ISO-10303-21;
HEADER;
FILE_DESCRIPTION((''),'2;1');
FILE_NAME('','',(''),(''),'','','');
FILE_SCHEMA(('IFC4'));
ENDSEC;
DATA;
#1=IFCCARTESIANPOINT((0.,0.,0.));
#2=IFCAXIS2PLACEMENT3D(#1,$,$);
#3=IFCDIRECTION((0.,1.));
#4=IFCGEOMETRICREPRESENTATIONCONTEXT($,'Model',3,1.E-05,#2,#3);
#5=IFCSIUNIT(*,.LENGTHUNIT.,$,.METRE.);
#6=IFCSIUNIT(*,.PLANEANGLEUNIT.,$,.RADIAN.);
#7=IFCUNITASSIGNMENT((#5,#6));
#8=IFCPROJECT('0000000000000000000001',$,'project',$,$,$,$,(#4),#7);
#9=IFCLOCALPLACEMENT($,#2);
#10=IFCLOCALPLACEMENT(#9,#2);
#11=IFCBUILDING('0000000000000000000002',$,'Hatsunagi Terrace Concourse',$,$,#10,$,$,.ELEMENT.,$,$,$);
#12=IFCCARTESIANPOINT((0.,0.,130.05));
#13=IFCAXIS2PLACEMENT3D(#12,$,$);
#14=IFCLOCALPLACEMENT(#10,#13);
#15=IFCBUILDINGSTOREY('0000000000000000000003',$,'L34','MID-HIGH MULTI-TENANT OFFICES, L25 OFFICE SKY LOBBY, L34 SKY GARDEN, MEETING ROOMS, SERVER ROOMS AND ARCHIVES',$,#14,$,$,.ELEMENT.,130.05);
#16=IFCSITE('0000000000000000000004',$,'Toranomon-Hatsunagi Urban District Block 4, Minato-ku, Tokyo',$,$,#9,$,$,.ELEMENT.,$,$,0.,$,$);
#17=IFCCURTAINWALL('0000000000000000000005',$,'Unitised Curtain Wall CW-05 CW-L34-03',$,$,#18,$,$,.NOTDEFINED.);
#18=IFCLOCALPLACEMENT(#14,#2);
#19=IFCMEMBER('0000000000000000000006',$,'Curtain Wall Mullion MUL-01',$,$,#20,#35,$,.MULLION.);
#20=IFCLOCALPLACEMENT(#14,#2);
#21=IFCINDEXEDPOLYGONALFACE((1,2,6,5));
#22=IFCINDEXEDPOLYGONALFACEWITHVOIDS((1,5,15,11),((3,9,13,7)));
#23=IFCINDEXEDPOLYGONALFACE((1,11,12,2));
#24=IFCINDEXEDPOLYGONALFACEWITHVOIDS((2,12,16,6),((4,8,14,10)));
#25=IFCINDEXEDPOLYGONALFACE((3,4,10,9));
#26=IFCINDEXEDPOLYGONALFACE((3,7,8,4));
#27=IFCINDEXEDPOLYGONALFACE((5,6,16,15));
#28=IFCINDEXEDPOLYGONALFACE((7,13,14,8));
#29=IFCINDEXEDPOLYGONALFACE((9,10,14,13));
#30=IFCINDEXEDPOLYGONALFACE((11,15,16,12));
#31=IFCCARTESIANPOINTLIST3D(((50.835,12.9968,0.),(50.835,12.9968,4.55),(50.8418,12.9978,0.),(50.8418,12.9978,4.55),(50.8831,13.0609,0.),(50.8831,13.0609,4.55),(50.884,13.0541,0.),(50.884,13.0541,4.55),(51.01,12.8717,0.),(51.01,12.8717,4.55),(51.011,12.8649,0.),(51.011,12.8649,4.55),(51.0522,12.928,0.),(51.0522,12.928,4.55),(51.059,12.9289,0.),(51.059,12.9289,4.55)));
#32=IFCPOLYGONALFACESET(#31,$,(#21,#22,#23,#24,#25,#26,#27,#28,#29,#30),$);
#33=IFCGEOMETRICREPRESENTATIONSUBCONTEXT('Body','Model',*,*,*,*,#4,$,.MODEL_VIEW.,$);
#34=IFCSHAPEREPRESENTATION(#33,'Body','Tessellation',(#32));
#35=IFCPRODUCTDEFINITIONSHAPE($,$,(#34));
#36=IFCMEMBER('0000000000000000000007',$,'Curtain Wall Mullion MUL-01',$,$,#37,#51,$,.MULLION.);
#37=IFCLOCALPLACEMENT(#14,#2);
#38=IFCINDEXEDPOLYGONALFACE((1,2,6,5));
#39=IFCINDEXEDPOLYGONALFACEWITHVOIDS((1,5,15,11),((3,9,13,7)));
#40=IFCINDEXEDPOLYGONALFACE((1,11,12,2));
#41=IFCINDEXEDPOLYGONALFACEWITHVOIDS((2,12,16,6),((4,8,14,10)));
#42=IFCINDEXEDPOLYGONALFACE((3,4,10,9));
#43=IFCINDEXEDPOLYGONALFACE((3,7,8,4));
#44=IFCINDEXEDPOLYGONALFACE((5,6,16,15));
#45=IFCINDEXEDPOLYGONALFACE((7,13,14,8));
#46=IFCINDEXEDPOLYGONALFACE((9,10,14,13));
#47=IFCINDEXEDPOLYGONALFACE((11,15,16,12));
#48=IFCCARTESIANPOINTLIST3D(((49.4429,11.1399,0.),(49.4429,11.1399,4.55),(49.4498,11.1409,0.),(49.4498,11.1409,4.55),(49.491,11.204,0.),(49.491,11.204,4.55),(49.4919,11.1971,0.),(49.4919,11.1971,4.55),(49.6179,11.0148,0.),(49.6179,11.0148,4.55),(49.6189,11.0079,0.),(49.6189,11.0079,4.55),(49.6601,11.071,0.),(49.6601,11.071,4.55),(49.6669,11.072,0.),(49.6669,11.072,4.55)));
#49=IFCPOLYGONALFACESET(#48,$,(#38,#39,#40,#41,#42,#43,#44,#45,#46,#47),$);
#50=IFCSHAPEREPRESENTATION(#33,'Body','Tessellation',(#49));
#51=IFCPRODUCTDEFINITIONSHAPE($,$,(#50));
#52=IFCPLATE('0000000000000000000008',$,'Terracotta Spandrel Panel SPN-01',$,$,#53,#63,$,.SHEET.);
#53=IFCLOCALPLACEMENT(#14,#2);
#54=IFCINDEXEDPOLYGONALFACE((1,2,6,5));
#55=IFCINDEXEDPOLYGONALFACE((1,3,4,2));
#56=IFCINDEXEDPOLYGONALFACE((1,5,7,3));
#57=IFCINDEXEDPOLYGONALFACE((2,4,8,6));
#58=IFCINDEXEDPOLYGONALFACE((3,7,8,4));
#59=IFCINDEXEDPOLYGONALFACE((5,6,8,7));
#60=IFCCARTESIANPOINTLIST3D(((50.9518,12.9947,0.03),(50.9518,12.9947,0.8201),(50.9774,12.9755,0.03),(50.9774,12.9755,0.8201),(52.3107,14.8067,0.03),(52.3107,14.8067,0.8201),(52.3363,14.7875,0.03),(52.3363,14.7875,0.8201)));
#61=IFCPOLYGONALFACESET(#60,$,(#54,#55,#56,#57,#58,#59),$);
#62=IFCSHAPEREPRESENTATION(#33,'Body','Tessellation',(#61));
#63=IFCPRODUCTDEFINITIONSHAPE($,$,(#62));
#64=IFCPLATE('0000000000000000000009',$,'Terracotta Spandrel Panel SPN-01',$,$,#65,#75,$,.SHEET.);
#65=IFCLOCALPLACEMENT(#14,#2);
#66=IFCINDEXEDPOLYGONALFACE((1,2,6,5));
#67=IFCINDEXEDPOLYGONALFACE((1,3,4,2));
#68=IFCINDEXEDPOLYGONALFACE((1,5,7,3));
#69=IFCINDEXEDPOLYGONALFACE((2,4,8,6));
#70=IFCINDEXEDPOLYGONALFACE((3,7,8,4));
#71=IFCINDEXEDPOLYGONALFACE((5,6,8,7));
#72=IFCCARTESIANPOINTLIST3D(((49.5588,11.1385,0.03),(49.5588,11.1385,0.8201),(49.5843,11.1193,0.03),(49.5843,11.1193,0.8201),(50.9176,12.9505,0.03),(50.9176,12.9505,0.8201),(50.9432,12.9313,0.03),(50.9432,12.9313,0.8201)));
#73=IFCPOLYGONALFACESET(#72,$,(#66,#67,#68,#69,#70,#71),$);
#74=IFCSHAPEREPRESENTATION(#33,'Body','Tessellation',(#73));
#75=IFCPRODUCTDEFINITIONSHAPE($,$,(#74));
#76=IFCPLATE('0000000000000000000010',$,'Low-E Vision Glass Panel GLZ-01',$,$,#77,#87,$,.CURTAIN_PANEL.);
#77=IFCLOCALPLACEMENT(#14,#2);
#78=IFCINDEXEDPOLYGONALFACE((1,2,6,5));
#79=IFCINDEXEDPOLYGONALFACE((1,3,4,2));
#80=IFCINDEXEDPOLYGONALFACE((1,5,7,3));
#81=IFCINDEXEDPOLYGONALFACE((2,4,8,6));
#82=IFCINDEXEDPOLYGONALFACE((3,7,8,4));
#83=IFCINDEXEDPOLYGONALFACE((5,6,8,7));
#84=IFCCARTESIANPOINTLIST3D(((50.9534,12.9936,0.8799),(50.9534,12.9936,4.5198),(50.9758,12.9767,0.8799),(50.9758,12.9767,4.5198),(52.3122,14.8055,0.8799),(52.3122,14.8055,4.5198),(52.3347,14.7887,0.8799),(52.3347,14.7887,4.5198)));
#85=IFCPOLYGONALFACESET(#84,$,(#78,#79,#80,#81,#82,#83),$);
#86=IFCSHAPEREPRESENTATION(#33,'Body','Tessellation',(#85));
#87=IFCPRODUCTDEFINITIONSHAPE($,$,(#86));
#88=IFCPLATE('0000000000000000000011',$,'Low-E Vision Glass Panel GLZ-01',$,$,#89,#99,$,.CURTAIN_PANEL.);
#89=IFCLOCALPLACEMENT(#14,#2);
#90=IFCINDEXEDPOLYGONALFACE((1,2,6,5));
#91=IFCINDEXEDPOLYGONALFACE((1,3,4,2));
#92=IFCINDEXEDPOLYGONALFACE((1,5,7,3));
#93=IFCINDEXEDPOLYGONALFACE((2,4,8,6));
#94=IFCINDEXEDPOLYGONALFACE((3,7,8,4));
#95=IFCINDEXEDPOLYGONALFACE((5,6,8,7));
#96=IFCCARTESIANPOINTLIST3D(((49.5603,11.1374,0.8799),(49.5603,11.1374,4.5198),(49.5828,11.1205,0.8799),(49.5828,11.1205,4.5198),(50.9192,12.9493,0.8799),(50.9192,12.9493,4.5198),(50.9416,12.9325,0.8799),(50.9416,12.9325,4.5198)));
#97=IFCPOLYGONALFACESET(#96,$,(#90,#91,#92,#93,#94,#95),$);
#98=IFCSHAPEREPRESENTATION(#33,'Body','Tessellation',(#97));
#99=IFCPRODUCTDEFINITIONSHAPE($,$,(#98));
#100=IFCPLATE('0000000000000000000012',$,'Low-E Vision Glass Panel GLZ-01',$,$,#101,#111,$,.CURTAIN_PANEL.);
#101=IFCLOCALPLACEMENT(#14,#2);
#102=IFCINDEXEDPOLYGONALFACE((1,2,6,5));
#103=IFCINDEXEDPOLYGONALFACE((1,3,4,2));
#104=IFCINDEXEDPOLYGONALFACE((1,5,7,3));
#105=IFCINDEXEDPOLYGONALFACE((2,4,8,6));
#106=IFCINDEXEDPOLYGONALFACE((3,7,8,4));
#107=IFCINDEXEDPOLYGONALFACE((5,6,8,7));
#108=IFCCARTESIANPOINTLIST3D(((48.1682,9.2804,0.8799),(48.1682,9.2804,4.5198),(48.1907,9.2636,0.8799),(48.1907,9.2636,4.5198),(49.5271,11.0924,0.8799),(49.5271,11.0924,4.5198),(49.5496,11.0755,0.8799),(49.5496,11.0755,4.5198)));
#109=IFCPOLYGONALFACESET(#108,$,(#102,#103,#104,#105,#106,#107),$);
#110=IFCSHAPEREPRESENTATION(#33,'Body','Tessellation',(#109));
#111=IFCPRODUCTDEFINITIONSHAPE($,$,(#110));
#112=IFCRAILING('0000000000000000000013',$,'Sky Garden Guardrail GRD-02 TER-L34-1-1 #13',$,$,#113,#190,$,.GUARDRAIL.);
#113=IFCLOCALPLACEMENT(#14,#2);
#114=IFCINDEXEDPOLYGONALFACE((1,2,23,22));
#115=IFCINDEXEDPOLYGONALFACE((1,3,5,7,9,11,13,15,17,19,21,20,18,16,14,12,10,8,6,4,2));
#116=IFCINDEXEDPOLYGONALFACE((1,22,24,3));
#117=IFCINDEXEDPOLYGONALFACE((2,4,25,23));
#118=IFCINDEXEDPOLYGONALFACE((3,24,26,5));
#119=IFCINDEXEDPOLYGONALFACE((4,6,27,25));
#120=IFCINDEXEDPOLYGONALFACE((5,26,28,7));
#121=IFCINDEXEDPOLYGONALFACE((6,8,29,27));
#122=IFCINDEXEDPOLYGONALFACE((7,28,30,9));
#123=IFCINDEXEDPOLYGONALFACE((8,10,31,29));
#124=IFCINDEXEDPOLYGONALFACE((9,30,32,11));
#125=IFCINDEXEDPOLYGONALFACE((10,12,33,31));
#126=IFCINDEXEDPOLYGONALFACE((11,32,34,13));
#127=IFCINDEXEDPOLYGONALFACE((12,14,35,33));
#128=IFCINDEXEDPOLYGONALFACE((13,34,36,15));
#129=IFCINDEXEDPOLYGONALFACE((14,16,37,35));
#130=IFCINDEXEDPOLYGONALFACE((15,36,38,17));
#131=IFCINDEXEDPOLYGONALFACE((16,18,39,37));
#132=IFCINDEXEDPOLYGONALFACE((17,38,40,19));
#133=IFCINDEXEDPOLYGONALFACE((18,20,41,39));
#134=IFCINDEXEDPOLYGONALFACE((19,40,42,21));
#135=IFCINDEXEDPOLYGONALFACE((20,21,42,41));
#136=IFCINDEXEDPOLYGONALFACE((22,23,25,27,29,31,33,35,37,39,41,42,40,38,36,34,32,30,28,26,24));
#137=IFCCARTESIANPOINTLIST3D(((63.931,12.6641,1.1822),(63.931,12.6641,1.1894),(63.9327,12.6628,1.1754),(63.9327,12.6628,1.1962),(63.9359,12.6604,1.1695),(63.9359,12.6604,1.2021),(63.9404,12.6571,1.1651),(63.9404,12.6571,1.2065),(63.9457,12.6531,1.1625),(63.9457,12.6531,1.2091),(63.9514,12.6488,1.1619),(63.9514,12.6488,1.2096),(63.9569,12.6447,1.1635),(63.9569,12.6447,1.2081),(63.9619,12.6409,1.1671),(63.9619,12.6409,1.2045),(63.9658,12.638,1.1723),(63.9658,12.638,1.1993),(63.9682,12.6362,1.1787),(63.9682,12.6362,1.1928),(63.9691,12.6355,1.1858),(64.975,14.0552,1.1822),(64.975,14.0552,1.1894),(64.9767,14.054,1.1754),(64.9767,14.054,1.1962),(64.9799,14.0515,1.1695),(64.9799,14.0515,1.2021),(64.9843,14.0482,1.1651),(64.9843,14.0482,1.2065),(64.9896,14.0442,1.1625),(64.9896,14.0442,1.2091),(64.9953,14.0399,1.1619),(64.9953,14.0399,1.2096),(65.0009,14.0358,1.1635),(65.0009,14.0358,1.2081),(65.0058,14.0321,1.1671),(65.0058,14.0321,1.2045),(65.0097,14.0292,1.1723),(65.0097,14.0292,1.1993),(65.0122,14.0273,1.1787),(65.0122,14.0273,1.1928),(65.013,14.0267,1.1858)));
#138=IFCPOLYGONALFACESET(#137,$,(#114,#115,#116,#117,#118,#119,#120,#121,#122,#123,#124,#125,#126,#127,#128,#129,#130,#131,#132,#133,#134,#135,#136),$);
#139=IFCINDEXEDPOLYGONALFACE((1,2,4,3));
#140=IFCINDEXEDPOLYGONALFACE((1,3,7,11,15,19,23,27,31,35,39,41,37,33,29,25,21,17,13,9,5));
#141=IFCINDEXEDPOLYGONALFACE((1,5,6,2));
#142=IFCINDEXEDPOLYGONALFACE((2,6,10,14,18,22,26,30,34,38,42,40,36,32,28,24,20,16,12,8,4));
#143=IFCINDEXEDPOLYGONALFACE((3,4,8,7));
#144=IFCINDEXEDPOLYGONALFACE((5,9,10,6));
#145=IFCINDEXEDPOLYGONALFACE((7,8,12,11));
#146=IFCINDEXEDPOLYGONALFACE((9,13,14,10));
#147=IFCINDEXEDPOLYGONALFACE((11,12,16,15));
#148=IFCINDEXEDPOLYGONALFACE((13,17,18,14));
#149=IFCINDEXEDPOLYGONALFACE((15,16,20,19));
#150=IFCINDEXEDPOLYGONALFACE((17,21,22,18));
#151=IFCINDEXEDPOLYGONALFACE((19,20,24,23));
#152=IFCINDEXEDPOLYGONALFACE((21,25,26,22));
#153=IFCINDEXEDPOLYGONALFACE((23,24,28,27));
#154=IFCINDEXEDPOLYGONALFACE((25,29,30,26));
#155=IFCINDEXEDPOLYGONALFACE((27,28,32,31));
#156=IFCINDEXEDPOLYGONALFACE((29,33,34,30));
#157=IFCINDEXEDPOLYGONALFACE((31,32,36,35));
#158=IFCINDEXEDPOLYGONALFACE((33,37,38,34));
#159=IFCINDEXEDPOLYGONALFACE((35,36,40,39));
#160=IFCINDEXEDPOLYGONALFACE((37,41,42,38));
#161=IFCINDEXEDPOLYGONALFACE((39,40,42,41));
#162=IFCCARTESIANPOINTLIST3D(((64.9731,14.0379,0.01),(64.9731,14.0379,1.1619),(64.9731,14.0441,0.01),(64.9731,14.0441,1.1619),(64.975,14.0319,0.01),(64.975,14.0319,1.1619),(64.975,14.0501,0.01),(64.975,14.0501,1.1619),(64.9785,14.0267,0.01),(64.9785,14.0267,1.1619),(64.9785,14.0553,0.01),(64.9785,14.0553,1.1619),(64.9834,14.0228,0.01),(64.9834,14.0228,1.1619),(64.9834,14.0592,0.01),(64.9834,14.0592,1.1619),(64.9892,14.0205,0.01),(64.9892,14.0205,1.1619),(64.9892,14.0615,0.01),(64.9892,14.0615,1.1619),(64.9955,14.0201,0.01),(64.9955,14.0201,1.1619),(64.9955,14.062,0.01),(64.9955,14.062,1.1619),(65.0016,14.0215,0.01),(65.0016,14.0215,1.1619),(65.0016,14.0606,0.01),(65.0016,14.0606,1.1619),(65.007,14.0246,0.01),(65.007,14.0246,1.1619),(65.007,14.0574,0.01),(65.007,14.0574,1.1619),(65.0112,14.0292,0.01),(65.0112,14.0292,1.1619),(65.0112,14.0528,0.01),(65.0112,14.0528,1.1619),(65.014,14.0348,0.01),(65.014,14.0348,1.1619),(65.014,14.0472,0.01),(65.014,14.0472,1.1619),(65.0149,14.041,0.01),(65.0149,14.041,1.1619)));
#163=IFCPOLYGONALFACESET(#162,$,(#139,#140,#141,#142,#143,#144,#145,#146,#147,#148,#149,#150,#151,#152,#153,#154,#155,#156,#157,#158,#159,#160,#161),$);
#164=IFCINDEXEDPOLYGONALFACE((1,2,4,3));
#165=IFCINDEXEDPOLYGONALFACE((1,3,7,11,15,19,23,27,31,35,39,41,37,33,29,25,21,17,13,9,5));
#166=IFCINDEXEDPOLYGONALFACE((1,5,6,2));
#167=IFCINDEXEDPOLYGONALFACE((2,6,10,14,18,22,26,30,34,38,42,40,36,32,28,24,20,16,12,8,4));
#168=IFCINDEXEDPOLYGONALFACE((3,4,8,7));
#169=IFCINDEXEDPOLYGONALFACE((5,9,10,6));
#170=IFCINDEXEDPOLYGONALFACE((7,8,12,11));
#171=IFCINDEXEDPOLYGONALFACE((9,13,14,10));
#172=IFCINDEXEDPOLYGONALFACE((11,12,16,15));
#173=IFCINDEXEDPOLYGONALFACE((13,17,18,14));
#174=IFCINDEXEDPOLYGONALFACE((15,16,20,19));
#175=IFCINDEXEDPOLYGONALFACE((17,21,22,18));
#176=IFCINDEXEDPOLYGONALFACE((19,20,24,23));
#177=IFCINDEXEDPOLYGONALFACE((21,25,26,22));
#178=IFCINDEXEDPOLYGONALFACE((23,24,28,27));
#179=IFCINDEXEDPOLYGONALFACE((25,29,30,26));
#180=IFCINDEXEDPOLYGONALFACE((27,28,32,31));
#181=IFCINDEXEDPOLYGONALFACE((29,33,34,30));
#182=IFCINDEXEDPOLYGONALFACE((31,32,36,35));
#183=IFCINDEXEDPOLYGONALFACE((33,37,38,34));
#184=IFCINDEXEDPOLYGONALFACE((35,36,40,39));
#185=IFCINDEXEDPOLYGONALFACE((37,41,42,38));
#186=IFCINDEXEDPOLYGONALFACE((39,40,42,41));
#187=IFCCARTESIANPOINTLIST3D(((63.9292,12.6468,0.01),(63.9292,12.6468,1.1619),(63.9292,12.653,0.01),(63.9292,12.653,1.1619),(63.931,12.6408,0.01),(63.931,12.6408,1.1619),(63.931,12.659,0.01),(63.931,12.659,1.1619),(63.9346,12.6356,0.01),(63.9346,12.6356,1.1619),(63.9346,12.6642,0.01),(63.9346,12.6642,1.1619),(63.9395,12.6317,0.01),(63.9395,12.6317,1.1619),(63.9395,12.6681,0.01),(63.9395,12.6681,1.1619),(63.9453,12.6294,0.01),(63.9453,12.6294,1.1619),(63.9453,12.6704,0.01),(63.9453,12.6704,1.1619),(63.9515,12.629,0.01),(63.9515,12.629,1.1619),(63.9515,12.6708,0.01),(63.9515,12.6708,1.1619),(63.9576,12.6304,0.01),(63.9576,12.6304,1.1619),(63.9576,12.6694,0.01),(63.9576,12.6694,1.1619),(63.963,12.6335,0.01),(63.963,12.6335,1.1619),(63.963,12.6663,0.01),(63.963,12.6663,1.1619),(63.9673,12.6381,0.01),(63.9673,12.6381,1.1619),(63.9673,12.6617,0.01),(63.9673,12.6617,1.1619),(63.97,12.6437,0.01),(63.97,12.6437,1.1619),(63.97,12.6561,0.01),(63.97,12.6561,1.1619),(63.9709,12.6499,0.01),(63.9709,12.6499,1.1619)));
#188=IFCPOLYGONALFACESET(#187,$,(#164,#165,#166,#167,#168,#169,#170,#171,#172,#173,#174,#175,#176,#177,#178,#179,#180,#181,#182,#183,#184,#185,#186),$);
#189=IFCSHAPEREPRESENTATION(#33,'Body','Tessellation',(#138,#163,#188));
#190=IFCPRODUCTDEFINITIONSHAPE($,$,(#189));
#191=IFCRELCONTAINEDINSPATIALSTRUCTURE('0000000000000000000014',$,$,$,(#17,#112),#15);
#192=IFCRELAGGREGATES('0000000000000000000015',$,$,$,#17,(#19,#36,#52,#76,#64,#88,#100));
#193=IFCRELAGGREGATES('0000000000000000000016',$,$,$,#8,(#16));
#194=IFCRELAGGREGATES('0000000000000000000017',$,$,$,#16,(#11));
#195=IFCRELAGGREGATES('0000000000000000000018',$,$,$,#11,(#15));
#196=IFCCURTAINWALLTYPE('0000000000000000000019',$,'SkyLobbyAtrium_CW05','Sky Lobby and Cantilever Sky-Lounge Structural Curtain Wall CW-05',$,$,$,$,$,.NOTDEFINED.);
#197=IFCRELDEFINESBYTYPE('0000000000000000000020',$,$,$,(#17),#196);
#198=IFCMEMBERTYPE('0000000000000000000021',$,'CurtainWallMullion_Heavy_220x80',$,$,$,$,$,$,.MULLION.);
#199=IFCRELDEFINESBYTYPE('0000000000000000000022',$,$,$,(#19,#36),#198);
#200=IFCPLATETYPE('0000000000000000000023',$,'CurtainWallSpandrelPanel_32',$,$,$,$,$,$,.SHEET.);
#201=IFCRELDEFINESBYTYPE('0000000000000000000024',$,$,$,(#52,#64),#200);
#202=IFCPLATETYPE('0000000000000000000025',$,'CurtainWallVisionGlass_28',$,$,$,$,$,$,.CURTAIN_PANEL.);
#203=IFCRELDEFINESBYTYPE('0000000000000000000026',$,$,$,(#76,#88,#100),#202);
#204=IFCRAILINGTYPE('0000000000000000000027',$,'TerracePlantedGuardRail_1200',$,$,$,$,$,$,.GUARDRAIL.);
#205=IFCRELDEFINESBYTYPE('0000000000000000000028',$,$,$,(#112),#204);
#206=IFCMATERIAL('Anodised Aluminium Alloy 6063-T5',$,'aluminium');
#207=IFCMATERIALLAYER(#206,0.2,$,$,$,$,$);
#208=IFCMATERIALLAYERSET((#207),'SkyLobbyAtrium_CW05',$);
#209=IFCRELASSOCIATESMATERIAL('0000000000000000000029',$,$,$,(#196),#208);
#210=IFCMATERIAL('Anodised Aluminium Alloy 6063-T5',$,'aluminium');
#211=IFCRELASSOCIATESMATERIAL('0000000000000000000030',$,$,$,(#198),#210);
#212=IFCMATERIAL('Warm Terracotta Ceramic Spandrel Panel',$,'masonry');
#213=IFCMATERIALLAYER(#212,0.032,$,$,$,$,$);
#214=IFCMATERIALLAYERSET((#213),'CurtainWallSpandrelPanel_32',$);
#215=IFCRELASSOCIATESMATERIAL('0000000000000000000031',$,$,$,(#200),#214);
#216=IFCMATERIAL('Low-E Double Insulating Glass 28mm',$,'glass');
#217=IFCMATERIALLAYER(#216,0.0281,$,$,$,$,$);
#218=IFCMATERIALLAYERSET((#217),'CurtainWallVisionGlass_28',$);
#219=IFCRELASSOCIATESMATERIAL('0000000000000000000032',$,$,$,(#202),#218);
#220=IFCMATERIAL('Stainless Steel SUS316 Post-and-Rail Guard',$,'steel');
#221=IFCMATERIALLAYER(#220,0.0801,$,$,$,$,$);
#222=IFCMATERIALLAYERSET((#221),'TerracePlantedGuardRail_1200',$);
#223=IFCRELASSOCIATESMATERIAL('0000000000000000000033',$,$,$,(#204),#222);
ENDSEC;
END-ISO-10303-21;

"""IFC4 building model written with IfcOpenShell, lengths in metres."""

from ifc_helpers import new_model, si_unit, direction, frame, origin, origin_2d, place, context, subcontext, project, spatial, rectangle, hollow_rectangle, circle, extrude, material, layer, layer_set, material_profile, profile_set, type_object, element, aggregate, save


model = new_model("IFC4")

# Units and contexts
model_context = context("Model", 3, precision=1e-05, world=origin(), true_north=direction((0.0, 1.0)))
body_context = subcontext(model_context, "Body", "Model", "MODEL_VIEW")
ifc_project = project(units=[si_unit("LENGTHUNIT", "METRE"), si_unit("PLANEANGLEUNIT", "RADIAN")], contexts=[model_context])

# Site, building, storey
site_placement = place(None, origin())
site = spatial("IfcSite", under=ifc_project, at=site_placement, Name="Toranomon-Hatsunagi Urban District Block 4, Minato-ku, Tokyo", CompositionType="ELEMENT", RefElevation=0.0)
building_placement = place(site_placement, origin())
building = spatial("IfcBuilding", under=site, at=building_placement, Name="Hatsunagi Terrace Concourse", CompositionType="ELEMENT")
storey_placement = place(building_placement, frame((0.0, 0.0, 130.05)))
storey = spatial("IfcBuildingStorey", under=building, at=storey_placement, Name="L34", Description="MID-HIGH MULTI-TENANT OFFICES, L25 OFFICE SKY LOBBY, L34 SKY GARDEN, MEETING ROOMS, SERVER ROOMS AND ARCHIVES", CompositionType="ELEMENT", Elevation=130.05)

# Curtain wall, members, plates
ifc_material_1 = material(Name="Anodised Aluminium Alloy 6063-T5", Category="aluminium")
ifc_layer_1 = layer(ifc_material_1, 0.2)
ifc_layer_set_1 = layer_set([ifc_layer_1], Name="SkyLobbyAtrium_CW05")
curtain_wall_type = type_object("IfcCurtainWallType", Name="SkyLobbyAtrium_CW05", Description="Sky Lobby and Cantilever Sky-Lounge Structural Curtain Wall CW-05", PredefinedType="NOTDEFINED", material=ifc_layer_set_1)
curtain_wall_placement = place(storey_placement, origin())
curtain_wall = element("IfcCurtainWall", 1, at=curtain_wall_placement, inside=storey, type_object=curtain_wall_type, Name="Unitised Curtain Wall CW-05 CW-L34-03", PredefinedType="NOTDEFINED")
ifc_material_2 = material(Name="Anodised Aluminium Alloy 6063-T5", Category="aluminium")
ifc_material_profile = material_profile(ifc_material_2, hollow_rectangle(XDim=0.0801, YDim=0.22, WallThickness=0.0049, at=origin_2d()), Name="ALU-MUL-220x80x5")
ifc_profile_set = profile_set([ifc_material_profile], Name="Anodised Aluminium Alloy 6063-T5")
member_type = type_object("IfcMemberType", Name="CurtainWallMullion_Heavy_220x80", PredefinedType="MULLION", material=ifc_profile_set)
member_1_placement = place(storey_placement, frame((50.947, 12.9629, 0.0), z_axis=(0.0, 0.0, 1.0), x_axis=(-0.599969, -0.800023, 0.0)))
member_1 = element("IfcMember", 2, at=member_1_placement, type_object=member_type, Name="Curtain Wall Mullion MUL-01", PredefinedType="MULLION", context=body_context, shape_type="SweptSolid", body=[
    extrude(hollow_rectangle(XDim=0.0801, YDim=0.22, WallThickness=0.0049, at=origin_2d()), origin(), (0.0, 0.0, 1.0), 4.55),
])
member_2_placement = place(storey_placement, frame((49.5549, 11.106, 0.0), z_axis=(0.0, 0.0, 1.0), x_axis=(-0.599969, -0.800023, 0.0)))
member_2 = element("IfcMember", 3, at=member_2_placement, type_object=member_type, Name="Curtain Wall Mullion MUL-01", PredefinedType="MULLION", context=body_context, shape_type="SweptSolid", body=[
    extrude(hollow_rectangle(XDim=0.0801, YDim=0.22, WallThickness=0.0049, at=origin_2d()), origin(), (0.0, 0.0, 1.0), 4.55),
])
ifc_material_3 = material(Name="Warm Terracotta Ceramic Spandrel Panel", Category="masonry")
ifc_layer_2 = layer(ifc_material_3, 0.032)
ifc_layer_set_2 = layer_set([ifc_layer_2], Name="CurtainWallSpandrelPanel_32")
plate_type_1 = type_object("IfcPlateType", Name="CurtainWallSpandrelPanel_32", PredefinedType="SHEET", material=ifc_layer_set_2)
plate_1_placement = place(storey_placement, frame((51.644, 13.8911, 0.03), z_axis=(0.0, 0.0, 1.0), x_axis=(-0.599969, -0.800023, 0.0)))
plate_1 = element("IfcPlate", 4, at=plate_1_placement, type_object=plate_type_1, Name="Terracotta Spandrel Panel SPN-01", PredefinedType="SHEET", context=body_context, shape_type="SweptSolid", body=[
    extrude(rectangle(XDim=2.2649, YDim=0.032, at=origin_2d()), origin(), (0.0, 0.0, 1.0), 0.79),
])
plate_2_placement = place(storey_placement, frame((50.251, 12.0349, 0.03), z_axis=(0.0, 0.0, 1.0), x_axis=(-0.599969, -0.800023, 0.0)))
plate_2 = element("IfcPlate", 5, at=plate_2_placement, type_object=plate_type_1, Name="Terracotta Spandrel Panel SPN-01", PredefinedType="SHEET", context=body_context, shape_type="SweptSolid", body=[
    extrude(rectangle(XDim=2.2649, YDim=0.032, at=origin_2d()), origin(), (0.0, 0.0, 1.0), 0.79),
])
ifc_material_4 = material(Name="Low-E Double Insulating Glass 28mm", Category="glass")
ifc_layer_3 = layer(ifc_material_4, 0.0281)
ifc_layer_set_3 = layer_set([ifc_layer_3], Name="CurtainWallVisionGlass_28")
plate_type_2 = type_object("IfcPlateType", Name="CurtainWallVisionGlass_28", PredefinedType="CURTAIN_PANEL", material=ifc_layer_set_3)
plate_3_placement = place(storey_placement, frame((51.644, 13.8911, 0.8799), z_axis=(0.0, 0.0, 1.0), x_axis=(-0.599969, -0.800023, 0.0)))
plate_3 = element("IfcPlate", 6, at=plate_3_placement, type_object=plate_type_2, Name="Low-E Vision Glass Panel GLZ-01", PredefinedType="CURTAIN_PANEL", context=body_context, shape_type="SweptSolid", body=[
    extrude(rectangle(XDim=2.2649, YDim=0.0281, at=origin_2d()), origin(), (0.0, 0.0, 1.0), 3.6399),
])
plate_4_placement = place(storey_placement, frame((50.251, 12.0349, 0.8799), z_axis=(0.0, 0.0, 1.0), x_axis=(-0.599969, -0.800023, 0.0)))
plate_4 = element("IfcPlate", 7, at=plate_4_placement, type_object=plate_type_2, Name="Low-E Vision Glass Panel GLZ-01", PredefinedType="CURTAIN_PANEL", context=body_context, shape_type="SweptSolid", body=[
    extrude(rectangle(XDim=2.2649, YDim=0.0281, at=origin_2d()), origin(), (0.0, 0.0, 1.0), 3.6399),
])
plate_5_placement = place(storey_placement, frame((48.8589, 10.178, 0.8799), z_axis=(0.0, 0.0, 1.0), x_axis=(-0.599969, -0.800023, 0.0)))
plate_5 = element("IfcPlate", 8, at=plate_5_placement, type_object=plate_type_2, Name="Low-E Vision Glass Panel GLZ-01", PredefinedType="CURTAIN_PANEL", context=body_context, shape_type="SweptSolid", body=[
    extrude(rectangle(XDim=2.2649, YDim=0.0281, at=origin_2d()), origin(), (0.0, 0.0, 1.0), 3.6399),
])
aggregate(curtain_wall, [member_1, member_2, plate_1, plate_3, plate_2, plate_4, plate_5])

# Railing
ifc_material_5 = material(Name="Stainless Steel SUS316 Post-and-Rail Guard", Category="steel")
ifc_layer_4 = layer(ifc_material_5, 0.0801)
ifc_layer_set_4 = layer_set([ifc_layer_4], Name="TerracePlantedGuardRail_1200")
railing_type = type_object("IfcRailingType", Name="TerracePlantedGuardRail_1200", PredefinedType="GUARDRAIL", material=ifc_layer_set_4)
for number, where, name in (
    (9, (64.9939, 14.041, 0.01), "Sky Garden Guardrail GRD-02 TER-L34-1-1 #13"),
):
    element("IfcRailing", number, at=place(storey_placement, frame(where)), inside=storey, type_object=railing_type, Name=name, PredefinedType="GUARDRAIL", context=body_context, shape_type="SweptSolid", body=[
        extrude(circle(Radius=0.0239, at=origin_2d()), frame((0.0, 0.0, 1.1758), z_axis=(-0.600225, -0.799832, 0.0), x_axis=(0.799832, -0.600225, 0.0)), (0.0, 0.0, 1.0), 1.7393),
        extrude(circle(Radius=0.021, at=origin_2d()), origin(), (0.0, 0.0, 1.0), 1.1519),
        extrude(circle(Radius=0.021, at=origin_2d()), frame((-1.0439, -1.3911, 0.0)), (0.0, 0.0, 1.0), 1.1519),
    ])

save(model, "model.ifc")
